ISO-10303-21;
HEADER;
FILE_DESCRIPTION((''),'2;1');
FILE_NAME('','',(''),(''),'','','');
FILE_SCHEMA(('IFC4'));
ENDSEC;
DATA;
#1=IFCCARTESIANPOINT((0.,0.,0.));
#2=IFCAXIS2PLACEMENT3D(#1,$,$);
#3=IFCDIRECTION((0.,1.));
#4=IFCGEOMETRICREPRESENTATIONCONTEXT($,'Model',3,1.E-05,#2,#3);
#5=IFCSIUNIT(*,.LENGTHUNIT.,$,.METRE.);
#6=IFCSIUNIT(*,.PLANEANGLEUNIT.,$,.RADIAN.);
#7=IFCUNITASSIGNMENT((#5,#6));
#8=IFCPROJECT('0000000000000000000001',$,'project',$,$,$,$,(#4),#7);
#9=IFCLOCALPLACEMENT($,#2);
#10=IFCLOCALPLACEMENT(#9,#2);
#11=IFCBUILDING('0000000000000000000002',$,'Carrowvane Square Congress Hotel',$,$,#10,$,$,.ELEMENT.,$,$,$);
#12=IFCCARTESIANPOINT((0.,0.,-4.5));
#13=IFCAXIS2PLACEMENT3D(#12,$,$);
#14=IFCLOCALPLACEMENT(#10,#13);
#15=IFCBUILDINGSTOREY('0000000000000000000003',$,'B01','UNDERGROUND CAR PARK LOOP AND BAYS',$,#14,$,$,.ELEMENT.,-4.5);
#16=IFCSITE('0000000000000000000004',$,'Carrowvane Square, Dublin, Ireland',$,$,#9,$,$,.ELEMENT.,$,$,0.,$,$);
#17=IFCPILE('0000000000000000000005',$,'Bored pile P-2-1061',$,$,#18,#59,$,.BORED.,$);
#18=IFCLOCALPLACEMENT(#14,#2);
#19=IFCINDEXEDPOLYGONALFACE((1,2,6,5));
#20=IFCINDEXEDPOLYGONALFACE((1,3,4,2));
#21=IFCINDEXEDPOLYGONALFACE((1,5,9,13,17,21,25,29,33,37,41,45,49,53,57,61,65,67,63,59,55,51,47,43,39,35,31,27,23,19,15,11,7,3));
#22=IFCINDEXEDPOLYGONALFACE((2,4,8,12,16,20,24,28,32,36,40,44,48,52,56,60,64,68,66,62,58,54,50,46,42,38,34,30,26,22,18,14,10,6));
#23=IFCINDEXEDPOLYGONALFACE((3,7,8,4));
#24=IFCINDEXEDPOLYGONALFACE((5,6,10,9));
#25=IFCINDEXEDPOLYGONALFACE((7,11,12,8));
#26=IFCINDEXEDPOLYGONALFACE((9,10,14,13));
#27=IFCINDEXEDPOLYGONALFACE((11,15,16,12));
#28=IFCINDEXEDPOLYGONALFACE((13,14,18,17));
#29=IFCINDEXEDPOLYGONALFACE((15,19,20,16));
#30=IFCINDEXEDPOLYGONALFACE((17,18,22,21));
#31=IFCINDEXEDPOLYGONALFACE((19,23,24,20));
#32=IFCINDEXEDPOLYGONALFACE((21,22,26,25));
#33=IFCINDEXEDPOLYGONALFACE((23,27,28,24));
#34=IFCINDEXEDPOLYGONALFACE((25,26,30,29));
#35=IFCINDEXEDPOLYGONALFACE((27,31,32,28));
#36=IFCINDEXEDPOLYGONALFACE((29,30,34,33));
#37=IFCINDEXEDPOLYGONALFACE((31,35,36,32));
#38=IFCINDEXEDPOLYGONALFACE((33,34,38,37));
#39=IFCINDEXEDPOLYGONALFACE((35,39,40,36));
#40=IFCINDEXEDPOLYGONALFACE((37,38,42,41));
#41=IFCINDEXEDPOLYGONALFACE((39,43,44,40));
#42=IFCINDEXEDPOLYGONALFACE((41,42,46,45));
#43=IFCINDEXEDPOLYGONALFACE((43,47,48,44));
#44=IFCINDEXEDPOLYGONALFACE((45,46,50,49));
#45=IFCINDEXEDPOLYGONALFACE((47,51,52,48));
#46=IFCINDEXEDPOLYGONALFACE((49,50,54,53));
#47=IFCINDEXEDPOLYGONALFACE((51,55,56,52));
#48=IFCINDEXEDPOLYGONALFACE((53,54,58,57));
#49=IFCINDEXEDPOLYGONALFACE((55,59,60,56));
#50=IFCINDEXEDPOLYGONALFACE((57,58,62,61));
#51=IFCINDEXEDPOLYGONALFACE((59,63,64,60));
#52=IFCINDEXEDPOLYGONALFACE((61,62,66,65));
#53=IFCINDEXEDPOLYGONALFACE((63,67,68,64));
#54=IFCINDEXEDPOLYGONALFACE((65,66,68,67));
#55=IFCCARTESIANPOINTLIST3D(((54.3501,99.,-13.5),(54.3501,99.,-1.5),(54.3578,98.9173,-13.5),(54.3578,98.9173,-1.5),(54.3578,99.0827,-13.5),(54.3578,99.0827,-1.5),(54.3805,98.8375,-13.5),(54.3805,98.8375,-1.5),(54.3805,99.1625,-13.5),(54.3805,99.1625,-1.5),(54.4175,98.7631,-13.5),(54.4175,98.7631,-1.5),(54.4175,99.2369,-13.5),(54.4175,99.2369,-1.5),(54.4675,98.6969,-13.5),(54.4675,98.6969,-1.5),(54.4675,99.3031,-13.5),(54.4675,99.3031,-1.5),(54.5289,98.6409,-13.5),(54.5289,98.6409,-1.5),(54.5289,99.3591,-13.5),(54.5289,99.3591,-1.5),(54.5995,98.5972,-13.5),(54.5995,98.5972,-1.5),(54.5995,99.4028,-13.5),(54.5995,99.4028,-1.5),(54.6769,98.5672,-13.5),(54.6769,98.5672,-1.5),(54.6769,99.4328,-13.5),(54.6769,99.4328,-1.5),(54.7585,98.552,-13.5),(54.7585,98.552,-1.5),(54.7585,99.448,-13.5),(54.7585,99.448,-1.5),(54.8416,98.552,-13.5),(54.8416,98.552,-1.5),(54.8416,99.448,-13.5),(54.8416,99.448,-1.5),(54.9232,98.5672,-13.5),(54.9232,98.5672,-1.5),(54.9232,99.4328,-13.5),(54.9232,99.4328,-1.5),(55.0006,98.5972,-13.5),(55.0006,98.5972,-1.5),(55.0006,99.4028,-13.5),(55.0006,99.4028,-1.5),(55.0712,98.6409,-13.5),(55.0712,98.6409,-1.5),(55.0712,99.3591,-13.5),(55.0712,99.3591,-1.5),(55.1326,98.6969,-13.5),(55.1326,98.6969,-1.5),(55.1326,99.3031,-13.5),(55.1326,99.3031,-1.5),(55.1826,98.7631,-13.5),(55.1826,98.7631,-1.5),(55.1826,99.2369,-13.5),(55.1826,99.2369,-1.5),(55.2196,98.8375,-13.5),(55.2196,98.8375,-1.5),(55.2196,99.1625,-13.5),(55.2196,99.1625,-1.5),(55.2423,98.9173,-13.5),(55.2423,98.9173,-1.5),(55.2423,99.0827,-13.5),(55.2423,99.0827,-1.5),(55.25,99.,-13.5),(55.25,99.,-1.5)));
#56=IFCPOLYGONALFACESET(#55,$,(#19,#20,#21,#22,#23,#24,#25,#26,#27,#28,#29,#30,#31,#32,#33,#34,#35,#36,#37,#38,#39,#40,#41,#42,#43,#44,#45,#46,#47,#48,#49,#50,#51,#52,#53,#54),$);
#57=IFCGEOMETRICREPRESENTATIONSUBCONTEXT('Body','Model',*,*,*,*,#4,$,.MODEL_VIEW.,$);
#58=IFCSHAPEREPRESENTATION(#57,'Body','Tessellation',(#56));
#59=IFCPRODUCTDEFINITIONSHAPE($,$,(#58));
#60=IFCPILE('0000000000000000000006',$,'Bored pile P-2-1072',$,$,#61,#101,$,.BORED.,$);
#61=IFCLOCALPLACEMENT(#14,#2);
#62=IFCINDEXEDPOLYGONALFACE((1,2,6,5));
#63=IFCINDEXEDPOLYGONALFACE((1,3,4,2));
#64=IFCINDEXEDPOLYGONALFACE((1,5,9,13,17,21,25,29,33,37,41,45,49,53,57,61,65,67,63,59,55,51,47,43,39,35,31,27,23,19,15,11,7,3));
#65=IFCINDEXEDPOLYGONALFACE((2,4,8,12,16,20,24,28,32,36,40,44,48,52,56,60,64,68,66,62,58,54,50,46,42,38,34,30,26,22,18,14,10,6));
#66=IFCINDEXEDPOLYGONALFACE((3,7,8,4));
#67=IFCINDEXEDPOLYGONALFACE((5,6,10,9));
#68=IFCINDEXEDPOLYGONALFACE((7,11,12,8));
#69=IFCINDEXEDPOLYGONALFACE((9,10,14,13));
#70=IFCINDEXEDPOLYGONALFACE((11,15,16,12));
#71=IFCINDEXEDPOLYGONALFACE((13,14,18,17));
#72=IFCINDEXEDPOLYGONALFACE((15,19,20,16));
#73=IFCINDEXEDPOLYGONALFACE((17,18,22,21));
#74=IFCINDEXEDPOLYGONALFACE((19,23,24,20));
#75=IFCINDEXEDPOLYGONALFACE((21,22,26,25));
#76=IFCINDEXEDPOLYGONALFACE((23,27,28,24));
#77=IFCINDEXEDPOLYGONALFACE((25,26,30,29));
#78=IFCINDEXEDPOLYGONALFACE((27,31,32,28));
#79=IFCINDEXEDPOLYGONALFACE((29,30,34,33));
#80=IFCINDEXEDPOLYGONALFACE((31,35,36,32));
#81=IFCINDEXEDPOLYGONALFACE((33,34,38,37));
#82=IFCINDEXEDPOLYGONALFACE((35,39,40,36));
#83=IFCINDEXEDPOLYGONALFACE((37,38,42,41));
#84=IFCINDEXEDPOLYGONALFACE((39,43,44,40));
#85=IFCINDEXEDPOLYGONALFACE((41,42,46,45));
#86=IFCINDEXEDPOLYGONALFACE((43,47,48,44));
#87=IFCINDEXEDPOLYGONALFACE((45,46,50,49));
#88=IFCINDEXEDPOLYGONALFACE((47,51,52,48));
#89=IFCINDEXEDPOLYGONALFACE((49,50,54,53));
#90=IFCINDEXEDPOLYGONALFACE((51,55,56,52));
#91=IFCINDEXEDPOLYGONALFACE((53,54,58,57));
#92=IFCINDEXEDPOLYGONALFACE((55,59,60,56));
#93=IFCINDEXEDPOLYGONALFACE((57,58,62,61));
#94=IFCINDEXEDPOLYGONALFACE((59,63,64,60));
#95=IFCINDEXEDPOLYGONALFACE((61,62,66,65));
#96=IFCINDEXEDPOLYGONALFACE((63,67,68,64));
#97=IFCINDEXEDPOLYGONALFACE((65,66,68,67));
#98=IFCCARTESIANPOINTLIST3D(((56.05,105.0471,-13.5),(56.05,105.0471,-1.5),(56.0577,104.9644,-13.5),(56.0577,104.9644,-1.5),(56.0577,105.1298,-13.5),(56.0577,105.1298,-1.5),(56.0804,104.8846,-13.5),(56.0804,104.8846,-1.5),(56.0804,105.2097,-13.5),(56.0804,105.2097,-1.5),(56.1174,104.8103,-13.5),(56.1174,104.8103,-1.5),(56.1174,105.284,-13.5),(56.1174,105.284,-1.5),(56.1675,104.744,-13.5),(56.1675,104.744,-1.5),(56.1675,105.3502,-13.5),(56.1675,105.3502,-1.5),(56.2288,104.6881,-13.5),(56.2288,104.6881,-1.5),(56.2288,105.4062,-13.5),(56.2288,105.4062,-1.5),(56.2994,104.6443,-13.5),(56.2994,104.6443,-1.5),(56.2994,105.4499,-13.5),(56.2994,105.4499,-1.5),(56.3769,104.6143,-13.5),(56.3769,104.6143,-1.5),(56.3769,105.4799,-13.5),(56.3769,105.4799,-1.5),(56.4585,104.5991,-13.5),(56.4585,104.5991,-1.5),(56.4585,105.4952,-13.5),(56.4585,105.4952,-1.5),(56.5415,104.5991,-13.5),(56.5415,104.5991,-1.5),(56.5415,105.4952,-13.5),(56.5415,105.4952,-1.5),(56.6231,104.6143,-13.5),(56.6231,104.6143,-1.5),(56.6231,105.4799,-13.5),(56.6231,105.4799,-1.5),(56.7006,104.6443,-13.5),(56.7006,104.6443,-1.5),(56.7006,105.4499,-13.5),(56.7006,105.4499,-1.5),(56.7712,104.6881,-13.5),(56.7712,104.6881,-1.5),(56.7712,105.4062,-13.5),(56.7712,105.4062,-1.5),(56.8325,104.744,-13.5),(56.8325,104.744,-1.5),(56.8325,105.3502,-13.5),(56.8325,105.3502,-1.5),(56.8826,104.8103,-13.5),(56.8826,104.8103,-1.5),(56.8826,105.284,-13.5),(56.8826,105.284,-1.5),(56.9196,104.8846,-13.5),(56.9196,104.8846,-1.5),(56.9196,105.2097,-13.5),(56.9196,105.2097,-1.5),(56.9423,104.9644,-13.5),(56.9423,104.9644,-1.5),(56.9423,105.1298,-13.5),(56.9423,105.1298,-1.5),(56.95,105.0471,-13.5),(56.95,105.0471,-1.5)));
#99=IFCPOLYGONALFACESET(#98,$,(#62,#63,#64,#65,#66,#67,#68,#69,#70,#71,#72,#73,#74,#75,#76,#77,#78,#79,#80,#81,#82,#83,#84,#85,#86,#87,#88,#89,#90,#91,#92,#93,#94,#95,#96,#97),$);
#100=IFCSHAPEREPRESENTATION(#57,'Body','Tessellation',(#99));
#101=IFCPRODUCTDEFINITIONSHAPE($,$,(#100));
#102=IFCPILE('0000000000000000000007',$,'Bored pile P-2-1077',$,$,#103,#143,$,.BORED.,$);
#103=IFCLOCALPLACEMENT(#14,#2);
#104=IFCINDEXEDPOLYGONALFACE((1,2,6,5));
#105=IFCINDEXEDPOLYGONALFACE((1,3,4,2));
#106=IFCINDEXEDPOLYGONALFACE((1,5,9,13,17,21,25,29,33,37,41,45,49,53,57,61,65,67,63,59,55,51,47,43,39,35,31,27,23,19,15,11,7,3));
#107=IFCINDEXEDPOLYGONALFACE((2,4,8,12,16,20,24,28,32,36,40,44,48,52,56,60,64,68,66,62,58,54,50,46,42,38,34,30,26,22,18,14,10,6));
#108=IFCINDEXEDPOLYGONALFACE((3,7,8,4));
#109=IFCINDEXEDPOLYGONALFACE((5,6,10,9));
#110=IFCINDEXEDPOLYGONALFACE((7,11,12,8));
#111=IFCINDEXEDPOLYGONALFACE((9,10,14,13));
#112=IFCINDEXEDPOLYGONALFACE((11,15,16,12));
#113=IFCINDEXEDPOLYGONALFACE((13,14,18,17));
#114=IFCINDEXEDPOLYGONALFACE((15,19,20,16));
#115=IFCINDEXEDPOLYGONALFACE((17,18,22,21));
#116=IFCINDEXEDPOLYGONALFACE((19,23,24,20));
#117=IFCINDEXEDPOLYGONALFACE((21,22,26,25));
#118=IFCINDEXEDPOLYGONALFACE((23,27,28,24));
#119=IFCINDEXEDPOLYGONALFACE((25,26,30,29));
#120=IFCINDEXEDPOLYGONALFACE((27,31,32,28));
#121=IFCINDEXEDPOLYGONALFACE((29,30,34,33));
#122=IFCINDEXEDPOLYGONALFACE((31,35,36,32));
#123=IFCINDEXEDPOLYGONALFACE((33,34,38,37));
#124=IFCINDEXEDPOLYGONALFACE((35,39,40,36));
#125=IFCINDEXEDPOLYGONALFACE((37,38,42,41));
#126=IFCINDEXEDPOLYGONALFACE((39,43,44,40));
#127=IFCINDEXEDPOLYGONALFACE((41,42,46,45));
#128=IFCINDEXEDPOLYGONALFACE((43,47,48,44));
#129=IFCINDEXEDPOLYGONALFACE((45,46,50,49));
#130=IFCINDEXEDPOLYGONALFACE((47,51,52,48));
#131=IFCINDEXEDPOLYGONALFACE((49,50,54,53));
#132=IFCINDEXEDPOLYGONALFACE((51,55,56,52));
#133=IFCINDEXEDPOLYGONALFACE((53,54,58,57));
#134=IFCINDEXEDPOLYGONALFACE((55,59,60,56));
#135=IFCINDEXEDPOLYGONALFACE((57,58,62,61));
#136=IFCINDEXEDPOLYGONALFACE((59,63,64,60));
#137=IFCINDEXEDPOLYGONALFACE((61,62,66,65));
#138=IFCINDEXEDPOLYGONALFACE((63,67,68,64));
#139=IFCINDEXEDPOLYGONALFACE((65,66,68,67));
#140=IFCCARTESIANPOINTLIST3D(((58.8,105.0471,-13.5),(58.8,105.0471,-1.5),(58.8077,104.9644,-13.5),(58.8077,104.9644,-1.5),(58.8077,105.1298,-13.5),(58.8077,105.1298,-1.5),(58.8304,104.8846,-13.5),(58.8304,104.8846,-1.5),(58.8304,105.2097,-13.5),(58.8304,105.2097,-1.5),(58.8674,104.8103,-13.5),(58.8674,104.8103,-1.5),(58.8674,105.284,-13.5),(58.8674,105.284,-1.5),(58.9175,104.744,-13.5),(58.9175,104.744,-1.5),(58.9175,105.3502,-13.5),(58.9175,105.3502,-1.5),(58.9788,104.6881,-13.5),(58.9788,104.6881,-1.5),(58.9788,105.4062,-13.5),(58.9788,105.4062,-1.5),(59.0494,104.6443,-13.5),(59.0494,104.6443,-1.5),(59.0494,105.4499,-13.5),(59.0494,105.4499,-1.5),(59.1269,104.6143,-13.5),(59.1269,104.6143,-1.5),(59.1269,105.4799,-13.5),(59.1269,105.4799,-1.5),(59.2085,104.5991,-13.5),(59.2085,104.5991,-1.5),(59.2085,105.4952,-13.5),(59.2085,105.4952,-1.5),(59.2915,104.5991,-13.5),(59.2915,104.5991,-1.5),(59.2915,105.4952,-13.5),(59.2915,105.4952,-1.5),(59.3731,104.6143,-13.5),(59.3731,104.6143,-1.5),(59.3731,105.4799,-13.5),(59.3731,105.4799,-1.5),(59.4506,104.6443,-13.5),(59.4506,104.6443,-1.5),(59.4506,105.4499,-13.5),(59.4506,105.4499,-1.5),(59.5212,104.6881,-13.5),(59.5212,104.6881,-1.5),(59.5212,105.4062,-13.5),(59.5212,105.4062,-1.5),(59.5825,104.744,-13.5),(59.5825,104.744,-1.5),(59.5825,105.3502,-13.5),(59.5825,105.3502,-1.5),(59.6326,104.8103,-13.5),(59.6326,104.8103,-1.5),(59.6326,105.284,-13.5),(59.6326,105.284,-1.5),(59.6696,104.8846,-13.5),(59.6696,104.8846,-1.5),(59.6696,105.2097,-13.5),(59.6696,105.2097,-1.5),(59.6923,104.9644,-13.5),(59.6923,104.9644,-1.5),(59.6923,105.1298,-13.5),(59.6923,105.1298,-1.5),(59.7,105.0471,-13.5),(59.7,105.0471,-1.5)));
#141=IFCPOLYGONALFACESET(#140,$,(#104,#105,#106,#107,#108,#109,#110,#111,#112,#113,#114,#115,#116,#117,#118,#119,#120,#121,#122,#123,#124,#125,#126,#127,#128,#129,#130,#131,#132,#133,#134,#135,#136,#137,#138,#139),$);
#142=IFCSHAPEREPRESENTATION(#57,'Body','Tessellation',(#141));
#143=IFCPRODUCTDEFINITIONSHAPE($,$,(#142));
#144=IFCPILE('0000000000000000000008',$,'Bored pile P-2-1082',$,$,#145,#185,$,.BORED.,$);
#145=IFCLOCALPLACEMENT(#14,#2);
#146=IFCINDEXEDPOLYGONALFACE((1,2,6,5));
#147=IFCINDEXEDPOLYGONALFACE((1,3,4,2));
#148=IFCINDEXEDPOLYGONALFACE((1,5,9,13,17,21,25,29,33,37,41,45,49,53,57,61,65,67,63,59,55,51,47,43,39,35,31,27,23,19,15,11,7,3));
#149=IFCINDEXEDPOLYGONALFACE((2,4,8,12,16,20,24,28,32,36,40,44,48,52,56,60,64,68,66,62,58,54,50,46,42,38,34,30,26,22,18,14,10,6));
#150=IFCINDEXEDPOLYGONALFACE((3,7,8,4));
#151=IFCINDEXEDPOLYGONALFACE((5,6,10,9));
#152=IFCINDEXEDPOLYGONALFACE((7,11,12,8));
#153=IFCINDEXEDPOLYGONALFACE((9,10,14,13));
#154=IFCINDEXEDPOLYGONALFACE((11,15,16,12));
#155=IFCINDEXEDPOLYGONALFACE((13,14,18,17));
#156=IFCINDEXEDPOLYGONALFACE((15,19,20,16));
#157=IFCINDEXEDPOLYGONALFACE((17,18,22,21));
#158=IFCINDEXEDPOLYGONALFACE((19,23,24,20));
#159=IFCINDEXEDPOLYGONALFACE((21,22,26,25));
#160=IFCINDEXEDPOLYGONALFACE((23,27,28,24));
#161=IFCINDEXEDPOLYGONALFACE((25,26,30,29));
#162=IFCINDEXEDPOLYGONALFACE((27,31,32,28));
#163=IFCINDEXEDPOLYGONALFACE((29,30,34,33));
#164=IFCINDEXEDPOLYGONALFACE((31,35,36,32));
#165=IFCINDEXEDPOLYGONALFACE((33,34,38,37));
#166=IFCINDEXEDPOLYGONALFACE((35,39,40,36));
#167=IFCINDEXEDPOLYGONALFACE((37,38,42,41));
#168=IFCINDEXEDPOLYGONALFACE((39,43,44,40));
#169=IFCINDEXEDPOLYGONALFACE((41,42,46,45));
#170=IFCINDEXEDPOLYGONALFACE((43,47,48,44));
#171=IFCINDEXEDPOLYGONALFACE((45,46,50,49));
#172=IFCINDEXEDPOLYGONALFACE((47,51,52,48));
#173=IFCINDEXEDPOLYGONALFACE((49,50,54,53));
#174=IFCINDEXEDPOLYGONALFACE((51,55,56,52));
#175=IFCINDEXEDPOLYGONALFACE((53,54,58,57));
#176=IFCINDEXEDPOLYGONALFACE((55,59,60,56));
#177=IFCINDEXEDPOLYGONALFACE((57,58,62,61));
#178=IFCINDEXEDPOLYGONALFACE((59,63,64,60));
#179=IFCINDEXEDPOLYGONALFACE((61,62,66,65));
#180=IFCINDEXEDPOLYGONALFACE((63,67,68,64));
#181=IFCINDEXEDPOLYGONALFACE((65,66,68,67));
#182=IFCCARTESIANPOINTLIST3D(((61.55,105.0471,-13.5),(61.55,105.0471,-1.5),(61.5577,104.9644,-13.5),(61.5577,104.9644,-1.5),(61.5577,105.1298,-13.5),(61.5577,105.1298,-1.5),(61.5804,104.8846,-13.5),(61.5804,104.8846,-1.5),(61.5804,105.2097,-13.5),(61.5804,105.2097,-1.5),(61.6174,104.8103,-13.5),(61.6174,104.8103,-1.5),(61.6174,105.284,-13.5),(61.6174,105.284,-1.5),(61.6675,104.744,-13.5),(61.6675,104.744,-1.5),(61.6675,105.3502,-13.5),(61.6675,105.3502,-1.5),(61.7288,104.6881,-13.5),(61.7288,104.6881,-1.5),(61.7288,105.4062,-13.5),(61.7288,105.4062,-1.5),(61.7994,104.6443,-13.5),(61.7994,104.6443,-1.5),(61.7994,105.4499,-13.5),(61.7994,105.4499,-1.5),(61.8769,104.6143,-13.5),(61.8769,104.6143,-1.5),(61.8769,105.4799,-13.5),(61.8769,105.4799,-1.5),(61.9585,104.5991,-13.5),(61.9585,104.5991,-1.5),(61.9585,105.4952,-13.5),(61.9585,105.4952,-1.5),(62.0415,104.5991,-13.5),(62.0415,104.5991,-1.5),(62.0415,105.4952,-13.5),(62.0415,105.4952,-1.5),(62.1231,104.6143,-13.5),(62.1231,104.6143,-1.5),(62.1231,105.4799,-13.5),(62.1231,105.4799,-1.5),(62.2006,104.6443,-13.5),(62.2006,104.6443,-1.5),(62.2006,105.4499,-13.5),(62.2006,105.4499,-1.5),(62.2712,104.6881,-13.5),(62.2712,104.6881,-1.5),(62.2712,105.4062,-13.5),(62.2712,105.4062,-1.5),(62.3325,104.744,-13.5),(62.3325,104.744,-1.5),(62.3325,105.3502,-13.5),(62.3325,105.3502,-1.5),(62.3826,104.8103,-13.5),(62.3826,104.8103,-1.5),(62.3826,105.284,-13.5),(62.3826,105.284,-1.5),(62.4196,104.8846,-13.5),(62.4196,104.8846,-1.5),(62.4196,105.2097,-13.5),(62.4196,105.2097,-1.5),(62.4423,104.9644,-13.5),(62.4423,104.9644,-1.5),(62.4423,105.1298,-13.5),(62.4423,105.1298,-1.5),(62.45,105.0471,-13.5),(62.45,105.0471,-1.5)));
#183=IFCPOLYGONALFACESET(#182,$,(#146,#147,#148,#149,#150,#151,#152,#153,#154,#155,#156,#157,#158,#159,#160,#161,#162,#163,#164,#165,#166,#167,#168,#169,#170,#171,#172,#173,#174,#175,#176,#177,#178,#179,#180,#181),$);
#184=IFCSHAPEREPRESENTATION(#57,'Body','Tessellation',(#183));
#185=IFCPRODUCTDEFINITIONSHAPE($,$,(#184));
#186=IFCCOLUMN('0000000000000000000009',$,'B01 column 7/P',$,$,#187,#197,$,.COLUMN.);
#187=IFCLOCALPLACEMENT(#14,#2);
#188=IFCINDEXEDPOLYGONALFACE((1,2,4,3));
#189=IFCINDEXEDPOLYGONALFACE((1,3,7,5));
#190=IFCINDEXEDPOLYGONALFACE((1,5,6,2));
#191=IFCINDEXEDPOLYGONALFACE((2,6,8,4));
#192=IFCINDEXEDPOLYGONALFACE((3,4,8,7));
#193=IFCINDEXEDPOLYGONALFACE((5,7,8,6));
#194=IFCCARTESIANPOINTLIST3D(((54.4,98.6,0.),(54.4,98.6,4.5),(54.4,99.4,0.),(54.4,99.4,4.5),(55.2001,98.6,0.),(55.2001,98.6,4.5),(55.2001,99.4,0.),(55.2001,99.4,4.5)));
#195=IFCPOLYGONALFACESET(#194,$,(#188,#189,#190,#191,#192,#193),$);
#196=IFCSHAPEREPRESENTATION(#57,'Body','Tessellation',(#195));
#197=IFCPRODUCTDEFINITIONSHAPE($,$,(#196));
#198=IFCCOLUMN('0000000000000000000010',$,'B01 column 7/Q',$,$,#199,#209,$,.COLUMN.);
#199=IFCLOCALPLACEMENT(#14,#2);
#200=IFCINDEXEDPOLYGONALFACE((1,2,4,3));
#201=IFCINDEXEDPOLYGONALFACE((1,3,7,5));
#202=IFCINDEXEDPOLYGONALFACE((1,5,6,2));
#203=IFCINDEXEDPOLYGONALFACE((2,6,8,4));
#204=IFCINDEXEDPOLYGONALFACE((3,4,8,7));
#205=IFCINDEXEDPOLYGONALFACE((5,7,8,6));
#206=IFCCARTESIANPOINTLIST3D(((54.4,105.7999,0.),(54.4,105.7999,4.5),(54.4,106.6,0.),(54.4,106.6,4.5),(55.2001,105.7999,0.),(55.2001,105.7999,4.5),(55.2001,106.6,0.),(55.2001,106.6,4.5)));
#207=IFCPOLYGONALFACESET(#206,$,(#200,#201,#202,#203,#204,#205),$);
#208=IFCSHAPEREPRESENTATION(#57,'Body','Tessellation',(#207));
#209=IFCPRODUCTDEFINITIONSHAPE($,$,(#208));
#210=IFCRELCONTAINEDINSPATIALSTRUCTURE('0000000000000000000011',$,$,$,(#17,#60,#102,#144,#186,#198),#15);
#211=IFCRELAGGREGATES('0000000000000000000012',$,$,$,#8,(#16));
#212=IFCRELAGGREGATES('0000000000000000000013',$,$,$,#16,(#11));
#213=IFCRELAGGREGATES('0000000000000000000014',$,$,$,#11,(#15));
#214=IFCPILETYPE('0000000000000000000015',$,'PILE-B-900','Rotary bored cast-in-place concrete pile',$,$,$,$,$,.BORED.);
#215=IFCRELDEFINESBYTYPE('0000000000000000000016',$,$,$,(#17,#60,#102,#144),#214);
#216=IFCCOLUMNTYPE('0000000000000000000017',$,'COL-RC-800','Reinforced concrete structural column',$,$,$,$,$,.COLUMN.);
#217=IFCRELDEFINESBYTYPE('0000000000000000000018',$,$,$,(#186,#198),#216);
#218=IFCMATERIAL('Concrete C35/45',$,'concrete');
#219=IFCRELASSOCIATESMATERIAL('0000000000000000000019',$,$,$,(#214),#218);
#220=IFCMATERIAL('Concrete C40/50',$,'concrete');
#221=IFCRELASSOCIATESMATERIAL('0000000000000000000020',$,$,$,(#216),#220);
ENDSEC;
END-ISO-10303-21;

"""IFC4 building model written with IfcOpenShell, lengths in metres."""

from ifc_helpers import new_model, si_unit, direction, frame, origin, origin_2d, place, context, subcontext, project, spatial, rectangle, circle, extrude, material, material_profile, profile_set, type_object, element, save


model = new_model("IFC4")

# Units and contexts
model_context = context("Model", 3, precision=1e-05, world=origin(), true_north=direction((0.0, 1.0)))
body_context = subcontext(model_context, "Body", "Model", "MODEL_VIEW")
ifc_project = project(units=[si_unit("LENGTHUNIT", "METRE"), si_unit("PLANEANGLEUNIT", "RADIAN")], contexts=[model_context])

# Site, building, storey
site_placement = place(None, origin())
site = spatial("IfcSite", under=ifc_project, at=site_placement, Name="Carrowvane Square, Dublin, Ireland", CompositionType="ELEMENT", RefElevation=0.0)
building_placement = place(site_placement, origin())
building = spatial("IfcBuilding", under=site, at=building_placement, Name="Carrowvane Square Congress Hotel", CompositionType="ELEMENT")
storey_placement = place(building_placement, frame((0.0, 0.0, -4.5)))
storey = spatial("IfcBuildingStorey", under=building, at=storey_placement, Name="B01", Description="UNDERGROUND CAR PARK LOOP AND BAYS", CompositionType="ELEMENT", Elevation=-4.5)

# Piles
ifc_material_1 = material(Name="Concrete C35/45", Category="concrete")
ifc_material_profile_1 = material_profile(ifc_material_1, circle(Radius=0.45, at=origin_2d()), Name="PILE D900")
ifc_profile_set_1 = profile_set([ifc_material_profile_1], Name="Concrete C35/45")
pile_type_1 = type_object("IfcPileType", Name="PILE-B-900", Description="Rotary bored cast-in-place concrete pile", PredefinedType="BORED", material=ifc_profile_set_1)
for number, where, z_axis, x_axis, name in (
    (1, (54.8, 99.0, -1.5), (0.0, 0.0, -1.0), (1.0, 0.0, 0.0), "Bored pile P-2-1061"),
    (2, (56.5, 105.0471, -1.5), (0.0, 0.0, -1.0), (1.0, 0.0, 0.0), "Bored pile P-2-1072"),
    (3, (59.25, 105.0471, -1.5), (0.0, 0.0, -1.0), (1.0, 0.0, 0.0), "Bored pile P-2-1077"),
    (4, (62.0, 105.0471, -1.5), (0.0, 0.0, -1.0), (1.0, 0.0, 0.0), "Bored pile P-2-1082"),
):
    element("IfcPile", number, at=place(storey_placement, frame(where, z_axis=z_axis, x_axis=x_axis)), inside=storey, type_object=pile_type_1, Name=name, PredefinedType="BORED", context=body_context, shape_type="SweptSolid", body=[
        extrude(circle(Radius=0.45, at=origin_2d()), origin(), (0.0, 0.0, 1.0), 12.0),
    ])

# Columns
ifc_material_2 = material(Name="Concrete C40/50", Category="concrete")
ifc_material_profile_2 = material_profile(ifc_material_2, rectangle(XDim=0.8, YDim=0.8, at=origin_2d()), Name="RC 800x800")
ifc_profile_set_2 = profile_set([ifc_material_profile_2], Name="Concrete C40/50")
column_type_1 = type_object("IfcColumnType", Name="COL-RC-800", Description="Reinforced concrete structural column", PredefinedType="COLUMN", material=ifc_profile_set_2)
for number, where, z_axis, x_axis, name in (
    (5, (54.8, 99.0, 0.0), (0.0, 0.0, 1.0), (1.0, 0.0, 0.0), "B01 column 7/P"),
    (6, (54.8, 106.2, 0.0), (0.0, 0.0, 1.0), (1.0, 0.0, 0.0), "B01 column 7/Q"),
):
    element("IfcColumn", number, at=place(storey_placement, frame(where, z_axis=z_axis, x_axis=x_axis)), inside=storey, type_object=column_type_1, Name=name, PredefinedType="COLUMN", context=body_context, shape_type="SweptSolid", body=[
        extrude(rectangle(XDim=0.8, YDim=0.8, at=origin_2d()), origin(), (0.0, 0.0, 1.0), 4.5),
    ])

save(model, "model.ifc")
